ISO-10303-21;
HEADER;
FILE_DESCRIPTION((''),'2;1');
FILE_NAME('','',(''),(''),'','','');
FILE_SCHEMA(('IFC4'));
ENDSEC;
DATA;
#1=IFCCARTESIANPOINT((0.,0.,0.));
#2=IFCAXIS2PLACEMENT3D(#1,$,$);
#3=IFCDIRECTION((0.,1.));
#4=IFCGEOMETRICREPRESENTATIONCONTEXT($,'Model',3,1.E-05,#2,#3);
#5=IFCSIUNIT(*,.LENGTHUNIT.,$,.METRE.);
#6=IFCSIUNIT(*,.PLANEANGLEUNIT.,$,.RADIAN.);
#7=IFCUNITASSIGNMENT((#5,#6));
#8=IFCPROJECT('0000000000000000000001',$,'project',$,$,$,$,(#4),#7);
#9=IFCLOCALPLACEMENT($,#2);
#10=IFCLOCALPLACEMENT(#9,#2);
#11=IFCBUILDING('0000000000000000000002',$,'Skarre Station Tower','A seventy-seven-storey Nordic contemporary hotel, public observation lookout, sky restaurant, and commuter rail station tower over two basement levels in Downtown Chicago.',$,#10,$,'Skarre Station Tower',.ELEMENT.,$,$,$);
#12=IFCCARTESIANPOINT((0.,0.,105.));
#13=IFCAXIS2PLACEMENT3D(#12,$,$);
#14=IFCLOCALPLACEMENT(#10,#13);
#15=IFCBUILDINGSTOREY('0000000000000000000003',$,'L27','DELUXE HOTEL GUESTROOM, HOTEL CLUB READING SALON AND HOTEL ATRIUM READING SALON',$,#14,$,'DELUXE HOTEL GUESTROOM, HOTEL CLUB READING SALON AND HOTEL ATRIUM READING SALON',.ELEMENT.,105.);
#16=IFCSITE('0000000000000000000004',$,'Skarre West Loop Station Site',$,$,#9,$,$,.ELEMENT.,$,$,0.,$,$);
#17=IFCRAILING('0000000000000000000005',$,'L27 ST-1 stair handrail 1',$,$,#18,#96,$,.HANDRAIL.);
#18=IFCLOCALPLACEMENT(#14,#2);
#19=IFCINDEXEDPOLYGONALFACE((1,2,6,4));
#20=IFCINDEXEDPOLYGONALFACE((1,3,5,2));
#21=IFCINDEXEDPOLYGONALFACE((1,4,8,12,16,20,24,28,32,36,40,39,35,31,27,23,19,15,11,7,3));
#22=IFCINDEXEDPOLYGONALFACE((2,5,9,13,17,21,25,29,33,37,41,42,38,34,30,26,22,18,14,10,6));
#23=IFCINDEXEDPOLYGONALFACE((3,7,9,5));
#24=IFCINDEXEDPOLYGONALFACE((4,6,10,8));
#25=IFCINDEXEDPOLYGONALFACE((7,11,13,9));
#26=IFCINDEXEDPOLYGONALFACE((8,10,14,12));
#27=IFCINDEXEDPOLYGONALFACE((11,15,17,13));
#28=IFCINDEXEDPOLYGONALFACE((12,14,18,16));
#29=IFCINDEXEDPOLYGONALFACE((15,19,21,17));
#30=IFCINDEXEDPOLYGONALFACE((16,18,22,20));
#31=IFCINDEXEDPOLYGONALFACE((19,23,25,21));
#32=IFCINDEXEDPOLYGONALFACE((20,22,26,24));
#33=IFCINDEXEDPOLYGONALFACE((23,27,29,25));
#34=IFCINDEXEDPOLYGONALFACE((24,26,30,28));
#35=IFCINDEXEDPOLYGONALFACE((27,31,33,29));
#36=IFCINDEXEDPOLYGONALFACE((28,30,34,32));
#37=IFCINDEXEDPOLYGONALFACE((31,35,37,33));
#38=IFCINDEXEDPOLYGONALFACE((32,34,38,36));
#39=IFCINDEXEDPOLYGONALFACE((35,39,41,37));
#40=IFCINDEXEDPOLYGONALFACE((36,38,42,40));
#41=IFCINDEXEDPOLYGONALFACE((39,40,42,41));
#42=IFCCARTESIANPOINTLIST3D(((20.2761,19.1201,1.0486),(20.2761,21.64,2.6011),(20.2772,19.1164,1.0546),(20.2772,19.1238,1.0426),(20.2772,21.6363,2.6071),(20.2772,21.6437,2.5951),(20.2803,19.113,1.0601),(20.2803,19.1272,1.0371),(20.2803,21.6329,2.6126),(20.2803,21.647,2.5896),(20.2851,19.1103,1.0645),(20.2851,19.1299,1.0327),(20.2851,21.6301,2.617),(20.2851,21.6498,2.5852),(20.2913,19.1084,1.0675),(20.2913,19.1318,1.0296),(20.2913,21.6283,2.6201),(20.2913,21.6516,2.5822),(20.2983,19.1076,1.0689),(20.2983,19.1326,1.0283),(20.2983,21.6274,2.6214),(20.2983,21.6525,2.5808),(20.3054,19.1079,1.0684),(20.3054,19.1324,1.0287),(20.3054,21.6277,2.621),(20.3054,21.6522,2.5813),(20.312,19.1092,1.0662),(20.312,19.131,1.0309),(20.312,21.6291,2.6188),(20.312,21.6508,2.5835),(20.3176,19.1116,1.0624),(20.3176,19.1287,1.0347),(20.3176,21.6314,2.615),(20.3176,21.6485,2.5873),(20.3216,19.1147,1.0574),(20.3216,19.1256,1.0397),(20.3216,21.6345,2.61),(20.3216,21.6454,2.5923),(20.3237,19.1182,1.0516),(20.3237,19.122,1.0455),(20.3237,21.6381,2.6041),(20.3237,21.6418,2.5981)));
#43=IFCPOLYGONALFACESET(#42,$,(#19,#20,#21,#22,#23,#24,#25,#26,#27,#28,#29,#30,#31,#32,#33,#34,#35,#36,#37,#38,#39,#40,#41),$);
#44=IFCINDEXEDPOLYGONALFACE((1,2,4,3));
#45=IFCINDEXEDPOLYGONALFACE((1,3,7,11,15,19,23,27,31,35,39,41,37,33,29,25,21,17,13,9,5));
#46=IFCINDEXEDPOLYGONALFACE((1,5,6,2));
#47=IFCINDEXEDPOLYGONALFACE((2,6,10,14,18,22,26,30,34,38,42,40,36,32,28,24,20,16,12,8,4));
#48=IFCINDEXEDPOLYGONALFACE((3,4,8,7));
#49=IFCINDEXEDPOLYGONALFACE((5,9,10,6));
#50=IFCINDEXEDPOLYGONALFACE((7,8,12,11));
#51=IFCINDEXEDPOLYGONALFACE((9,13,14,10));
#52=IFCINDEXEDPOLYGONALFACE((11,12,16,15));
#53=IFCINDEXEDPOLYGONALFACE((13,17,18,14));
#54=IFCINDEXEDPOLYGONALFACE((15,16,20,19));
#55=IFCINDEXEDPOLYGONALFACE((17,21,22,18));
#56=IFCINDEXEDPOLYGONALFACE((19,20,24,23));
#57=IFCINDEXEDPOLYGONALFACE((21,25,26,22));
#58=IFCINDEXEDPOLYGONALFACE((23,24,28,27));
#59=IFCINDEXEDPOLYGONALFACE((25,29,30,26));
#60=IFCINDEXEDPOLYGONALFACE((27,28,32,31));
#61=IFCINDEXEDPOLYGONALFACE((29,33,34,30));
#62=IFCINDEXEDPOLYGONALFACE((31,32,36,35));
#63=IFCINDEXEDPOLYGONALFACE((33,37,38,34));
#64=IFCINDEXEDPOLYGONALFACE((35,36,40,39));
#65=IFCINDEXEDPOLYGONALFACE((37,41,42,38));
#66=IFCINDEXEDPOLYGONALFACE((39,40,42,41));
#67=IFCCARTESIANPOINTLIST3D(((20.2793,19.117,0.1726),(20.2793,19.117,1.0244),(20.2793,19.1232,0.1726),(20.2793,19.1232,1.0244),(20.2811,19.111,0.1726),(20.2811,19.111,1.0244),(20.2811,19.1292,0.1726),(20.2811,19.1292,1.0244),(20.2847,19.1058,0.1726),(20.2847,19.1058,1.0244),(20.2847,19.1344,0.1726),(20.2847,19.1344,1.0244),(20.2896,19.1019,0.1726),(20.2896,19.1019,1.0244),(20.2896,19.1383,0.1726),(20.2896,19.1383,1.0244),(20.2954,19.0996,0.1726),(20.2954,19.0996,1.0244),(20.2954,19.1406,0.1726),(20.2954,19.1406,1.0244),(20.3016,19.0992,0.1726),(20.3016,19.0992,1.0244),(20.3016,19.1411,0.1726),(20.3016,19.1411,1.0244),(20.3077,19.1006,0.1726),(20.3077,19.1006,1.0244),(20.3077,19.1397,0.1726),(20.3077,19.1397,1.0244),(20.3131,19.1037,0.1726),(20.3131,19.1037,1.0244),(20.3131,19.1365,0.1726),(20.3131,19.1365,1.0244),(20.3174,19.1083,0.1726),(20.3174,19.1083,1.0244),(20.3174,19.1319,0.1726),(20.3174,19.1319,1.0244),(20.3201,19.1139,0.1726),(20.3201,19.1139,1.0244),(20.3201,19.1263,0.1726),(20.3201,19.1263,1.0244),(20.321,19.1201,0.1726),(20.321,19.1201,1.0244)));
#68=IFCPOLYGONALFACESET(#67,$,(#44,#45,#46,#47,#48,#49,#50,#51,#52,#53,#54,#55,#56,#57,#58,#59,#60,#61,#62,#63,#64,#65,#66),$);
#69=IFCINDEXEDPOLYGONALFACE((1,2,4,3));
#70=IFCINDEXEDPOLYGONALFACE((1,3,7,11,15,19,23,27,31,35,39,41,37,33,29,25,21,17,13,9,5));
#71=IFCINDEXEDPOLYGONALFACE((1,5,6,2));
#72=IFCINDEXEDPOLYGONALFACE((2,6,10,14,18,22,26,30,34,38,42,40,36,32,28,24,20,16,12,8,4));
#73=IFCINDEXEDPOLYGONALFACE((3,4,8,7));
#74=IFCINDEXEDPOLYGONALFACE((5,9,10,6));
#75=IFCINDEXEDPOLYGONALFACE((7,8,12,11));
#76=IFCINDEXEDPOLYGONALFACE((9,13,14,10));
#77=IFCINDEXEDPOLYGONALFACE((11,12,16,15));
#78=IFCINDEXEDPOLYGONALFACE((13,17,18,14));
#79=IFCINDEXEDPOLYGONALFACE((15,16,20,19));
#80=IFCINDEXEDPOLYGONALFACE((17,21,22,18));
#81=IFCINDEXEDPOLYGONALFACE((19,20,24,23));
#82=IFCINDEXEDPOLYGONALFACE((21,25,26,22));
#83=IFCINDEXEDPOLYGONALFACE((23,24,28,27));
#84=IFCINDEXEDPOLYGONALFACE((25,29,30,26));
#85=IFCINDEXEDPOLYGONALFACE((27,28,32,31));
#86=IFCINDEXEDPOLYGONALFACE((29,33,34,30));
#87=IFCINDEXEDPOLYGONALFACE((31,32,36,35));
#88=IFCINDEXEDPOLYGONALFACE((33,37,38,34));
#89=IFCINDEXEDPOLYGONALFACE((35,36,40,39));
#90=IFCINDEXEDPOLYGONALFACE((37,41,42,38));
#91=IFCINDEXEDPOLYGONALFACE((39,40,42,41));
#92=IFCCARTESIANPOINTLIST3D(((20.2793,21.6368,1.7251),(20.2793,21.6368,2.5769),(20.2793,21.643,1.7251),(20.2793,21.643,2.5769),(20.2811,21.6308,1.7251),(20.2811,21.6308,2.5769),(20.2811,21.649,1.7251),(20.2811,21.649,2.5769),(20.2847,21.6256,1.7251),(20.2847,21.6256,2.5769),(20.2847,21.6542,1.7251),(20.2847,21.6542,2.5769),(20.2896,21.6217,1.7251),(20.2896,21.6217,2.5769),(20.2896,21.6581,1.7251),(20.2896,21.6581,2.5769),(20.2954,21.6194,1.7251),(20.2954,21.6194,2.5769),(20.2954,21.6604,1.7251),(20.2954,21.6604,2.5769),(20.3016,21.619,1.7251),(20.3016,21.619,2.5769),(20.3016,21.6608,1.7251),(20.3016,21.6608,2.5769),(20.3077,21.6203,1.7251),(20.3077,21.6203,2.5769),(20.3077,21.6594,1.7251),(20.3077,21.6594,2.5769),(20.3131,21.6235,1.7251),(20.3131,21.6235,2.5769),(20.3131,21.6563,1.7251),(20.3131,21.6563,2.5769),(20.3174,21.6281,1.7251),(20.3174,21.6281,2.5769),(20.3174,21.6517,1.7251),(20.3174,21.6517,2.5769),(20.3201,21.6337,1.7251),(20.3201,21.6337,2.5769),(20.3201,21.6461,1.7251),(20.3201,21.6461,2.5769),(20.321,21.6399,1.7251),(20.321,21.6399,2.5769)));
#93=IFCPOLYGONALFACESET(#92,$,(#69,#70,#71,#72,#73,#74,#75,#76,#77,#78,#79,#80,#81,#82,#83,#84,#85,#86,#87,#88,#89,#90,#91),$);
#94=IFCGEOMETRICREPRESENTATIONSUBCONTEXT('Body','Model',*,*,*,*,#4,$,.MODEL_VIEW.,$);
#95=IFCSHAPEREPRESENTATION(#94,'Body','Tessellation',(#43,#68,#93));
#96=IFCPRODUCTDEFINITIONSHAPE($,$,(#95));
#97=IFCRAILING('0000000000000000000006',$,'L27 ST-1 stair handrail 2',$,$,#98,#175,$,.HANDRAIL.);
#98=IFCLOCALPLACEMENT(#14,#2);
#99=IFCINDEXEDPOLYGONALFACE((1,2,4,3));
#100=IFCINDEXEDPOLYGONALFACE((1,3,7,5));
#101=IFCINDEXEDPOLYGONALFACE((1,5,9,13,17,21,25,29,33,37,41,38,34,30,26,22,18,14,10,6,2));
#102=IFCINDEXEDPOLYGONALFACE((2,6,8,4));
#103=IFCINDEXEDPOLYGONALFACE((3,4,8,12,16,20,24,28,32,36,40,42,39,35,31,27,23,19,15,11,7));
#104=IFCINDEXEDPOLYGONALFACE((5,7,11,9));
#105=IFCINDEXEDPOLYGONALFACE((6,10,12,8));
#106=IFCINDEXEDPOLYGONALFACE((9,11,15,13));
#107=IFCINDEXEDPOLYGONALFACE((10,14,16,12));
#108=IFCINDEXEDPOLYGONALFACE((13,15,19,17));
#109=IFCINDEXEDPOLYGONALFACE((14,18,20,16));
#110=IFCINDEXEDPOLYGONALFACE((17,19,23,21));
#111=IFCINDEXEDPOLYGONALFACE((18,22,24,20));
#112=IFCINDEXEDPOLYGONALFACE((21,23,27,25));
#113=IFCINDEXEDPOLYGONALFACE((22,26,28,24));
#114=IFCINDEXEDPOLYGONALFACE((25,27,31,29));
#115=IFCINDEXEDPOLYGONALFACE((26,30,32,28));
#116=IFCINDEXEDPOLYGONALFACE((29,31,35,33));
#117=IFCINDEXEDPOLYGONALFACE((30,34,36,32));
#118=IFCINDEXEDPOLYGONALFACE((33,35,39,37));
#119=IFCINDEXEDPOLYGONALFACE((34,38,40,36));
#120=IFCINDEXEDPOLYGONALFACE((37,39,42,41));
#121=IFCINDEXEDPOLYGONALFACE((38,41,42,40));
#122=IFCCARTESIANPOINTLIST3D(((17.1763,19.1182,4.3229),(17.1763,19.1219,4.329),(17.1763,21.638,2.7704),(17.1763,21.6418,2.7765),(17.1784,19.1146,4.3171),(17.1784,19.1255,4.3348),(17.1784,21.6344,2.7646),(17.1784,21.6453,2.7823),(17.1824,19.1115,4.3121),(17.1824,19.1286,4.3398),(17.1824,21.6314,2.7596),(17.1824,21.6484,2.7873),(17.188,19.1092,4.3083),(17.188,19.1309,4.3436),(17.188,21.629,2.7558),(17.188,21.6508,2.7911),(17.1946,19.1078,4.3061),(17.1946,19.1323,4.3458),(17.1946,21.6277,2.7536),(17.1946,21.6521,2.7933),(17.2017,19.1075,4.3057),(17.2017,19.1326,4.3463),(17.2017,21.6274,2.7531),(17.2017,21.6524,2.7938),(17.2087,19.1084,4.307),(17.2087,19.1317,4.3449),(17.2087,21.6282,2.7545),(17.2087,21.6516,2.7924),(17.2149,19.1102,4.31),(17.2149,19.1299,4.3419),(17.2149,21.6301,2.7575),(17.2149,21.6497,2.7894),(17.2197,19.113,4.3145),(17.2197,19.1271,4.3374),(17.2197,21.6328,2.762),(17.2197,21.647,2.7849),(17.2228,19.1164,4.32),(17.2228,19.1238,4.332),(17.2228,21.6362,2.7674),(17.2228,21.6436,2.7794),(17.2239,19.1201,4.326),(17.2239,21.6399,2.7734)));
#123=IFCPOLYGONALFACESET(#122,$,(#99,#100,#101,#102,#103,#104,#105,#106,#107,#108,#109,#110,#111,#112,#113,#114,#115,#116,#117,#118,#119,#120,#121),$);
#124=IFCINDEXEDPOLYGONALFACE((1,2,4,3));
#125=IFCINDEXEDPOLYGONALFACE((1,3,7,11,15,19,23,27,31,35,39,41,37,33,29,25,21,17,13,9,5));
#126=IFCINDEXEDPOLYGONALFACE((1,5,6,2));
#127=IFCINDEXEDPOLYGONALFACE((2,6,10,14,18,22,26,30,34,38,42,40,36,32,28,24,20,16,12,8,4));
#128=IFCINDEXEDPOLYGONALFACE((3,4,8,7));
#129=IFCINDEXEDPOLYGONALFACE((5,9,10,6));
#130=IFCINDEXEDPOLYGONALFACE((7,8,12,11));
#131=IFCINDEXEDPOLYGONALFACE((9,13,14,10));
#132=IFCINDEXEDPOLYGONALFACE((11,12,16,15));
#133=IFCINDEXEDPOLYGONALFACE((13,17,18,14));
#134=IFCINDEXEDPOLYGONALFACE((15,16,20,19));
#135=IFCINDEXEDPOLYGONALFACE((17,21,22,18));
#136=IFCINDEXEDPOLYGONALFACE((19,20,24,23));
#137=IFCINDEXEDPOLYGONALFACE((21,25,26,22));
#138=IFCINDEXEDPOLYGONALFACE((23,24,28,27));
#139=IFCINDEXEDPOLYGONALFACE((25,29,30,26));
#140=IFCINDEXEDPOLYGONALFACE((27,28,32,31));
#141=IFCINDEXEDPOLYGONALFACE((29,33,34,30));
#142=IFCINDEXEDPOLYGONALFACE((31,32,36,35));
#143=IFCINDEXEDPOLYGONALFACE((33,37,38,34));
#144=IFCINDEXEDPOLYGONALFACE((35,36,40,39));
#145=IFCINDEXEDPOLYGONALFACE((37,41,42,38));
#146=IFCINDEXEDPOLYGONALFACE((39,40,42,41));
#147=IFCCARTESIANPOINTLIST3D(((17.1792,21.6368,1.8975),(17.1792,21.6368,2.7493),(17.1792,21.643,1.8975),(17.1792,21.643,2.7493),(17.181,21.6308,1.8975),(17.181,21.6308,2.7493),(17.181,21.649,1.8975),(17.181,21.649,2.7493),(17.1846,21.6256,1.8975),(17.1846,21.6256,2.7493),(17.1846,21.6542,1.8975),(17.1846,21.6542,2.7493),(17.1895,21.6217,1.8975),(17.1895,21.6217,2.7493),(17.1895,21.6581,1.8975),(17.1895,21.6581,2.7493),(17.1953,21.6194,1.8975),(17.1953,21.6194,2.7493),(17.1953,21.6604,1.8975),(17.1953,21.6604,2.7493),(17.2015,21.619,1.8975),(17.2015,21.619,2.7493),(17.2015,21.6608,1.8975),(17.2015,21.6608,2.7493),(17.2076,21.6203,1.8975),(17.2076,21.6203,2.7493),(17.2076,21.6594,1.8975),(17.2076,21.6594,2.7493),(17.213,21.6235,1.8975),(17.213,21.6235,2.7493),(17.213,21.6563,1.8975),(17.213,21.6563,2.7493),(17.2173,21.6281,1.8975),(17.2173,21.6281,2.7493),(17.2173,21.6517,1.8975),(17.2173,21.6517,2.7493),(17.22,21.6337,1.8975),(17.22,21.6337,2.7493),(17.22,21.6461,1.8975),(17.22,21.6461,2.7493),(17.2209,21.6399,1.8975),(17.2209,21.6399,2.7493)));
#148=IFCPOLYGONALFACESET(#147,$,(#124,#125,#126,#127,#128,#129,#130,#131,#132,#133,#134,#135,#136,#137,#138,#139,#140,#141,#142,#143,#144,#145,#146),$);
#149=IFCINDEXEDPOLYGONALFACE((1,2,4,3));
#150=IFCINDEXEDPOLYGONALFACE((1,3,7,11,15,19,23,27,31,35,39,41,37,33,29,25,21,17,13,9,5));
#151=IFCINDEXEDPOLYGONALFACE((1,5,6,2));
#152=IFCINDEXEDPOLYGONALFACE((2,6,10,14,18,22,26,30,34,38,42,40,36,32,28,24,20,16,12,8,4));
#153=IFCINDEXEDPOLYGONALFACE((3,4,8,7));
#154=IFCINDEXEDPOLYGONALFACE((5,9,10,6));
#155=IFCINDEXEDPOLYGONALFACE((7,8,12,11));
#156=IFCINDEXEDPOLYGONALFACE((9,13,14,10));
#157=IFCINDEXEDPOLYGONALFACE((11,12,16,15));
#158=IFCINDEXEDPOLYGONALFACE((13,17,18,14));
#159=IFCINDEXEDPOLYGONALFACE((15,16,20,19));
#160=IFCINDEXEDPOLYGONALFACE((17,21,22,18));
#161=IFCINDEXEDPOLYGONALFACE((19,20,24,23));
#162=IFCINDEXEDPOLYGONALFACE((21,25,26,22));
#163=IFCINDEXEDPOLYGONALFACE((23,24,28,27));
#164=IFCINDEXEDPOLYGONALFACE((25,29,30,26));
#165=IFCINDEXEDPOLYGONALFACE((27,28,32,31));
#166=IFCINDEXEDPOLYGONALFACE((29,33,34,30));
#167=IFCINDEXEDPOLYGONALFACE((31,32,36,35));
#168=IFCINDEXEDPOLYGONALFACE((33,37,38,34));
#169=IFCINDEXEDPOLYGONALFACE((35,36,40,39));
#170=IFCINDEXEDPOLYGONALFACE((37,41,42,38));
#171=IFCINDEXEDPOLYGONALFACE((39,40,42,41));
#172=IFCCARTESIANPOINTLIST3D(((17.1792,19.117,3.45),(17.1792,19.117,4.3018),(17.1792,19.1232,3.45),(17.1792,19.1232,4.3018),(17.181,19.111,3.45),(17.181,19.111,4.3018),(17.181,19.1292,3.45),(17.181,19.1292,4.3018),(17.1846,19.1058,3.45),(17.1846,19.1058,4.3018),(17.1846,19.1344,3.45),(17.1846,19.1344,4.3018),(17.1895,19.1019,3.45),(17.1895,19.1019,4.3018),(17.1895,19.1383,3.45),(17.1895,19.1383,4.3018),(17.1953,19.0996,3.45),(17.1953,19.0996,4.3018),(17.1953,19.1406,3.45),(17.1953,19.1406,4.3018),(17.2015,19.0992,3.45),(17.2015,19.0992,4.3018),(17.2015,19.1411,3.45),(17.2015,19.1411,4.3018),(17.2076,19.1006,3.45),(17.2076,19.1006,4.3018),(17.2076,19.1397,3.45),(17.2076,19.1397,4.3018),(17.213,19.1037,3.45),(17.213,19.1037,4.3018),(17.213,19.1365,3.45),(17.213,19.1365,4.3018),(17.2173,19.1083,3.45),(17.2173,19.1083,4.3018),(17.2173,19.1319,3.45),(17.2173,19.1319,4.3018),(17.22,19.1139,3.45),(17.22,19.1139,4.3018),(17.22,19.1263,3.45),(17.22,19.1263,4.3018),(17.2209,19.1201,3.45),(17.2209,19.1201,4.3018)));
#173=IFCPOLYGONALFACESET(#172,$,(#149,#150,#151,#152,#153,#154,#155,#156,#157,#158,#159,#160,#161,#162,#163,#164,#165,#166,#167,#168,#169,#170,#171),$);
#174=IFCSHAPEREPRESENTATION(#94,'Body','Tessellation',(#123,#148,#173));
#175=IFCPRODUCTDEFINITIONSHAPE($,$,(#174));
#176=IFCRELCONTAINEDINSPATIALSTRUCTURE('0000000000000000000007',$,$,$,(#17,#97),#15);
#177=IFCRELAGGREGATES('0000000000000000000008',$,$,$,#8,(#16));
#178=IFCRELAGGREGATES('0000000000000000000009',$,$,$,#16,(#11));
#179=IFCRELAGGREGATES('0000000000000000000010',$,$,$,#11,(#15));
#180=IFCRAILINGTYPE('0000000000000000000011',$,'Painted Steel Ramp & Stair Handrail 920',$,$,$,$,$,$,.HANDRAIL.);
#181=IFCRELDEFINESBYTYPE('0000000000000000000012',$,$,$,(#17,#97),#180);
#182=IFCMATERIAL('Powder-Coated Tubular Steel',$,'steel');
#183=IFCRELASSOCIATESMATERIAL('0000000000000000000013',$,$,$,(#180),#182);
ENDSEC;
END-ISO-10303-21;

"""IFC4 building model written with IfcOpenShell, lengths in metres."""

from ifc_helpers import new_model, si_unit, direction, frame, origin, origin_2d, place, context, subcontext, project, spatial, circle, extrude, material, type_object, element, save


model = new_model("IFC4")

# Units and contexts
model_context = context("Model", 3, precision=1e-05, world=origin(), true_north=direction((0.0, 1.0)))
body_context = subcontext(model_context, "Body", "Model", "MODEL_VIEW")
ifc_project = project(units=[si_unit("LENGTHUNIT", "METRE"), si_unit("PLANEANGLEUNIT", "RADIAN")], contexts=[model_context])

# Site, building, storey
site_placement = place(None, origin())
site = spatial("IfcSite", under=ifc_project, at=site_placement, Name="Skarre West Loop Station Site", CompositionType="ELEMENT", RefElevation=0.0)
building_placement = place(site_placement, origin())
building = spatial("IfcBuilding", under=site, at=building_placement, Name="Skarre Station Tower", Description="A seventy-seven-storey Nordic contemporary hotel, public observation lookout, sky restaurant, and commuter rail station tower over two basement levels in Downtown Chicago.", LongName="Skarre Station Tower", CompositionType="ELEMENT")
storey_placement = place(building_placement, frame((0.0, 0.0, 105.0)))
storey = spatial("IfcBuildingStorey", under=building, at=storey_placement, Name="L27", Description="DELUXE HOTEL GUESTROOM, HOTEL CLUB READING SALON AND HOTEL ATRIUM READING SALON", LongName="DELUXE HOTEL GUESTROOM, HOTEL CLUB READING SALON AND HOTEL ATRIUM READING SALON", CompositionType="ELEMENT", Elevation=105.0)

# Railings
ifc_material_1 = material(Name="Powder-Coated Tubular Steel", Category="steel")
railing_type_1 = type_object("IfcRailingType", Name="Painted Steel Ramp & Stair Handrail 920", PredefinedType="HANDRAIL", material=ifc_material_1)
railing_1_placement = place(storey_placement, frame((20.3, 19.1201, 0.1726)))
element("IfcRailing", 1, at=railing_1_placement, inside=storey, type_object=railing_type_1, Name="L27 ST-1 stair handrail 1", PredefinedType="HANDRAIL", context=body_context, shape_type="SweptSolid", body=[
    extrude(circle(Radius=0.0239, at=origin_2d()), frame((0.0, 0.0, 0.876), z_axis=(0.0, 0.851378, 0.524553), x_axis=(-1.0, 0.0, 0.0)), (0.0, 0.0, 1.0), 2.9597),
    extrude(circle(Radius=0.021, at=origin_2d()), origin(), (0.0, 0.0, 1.0), 0.8518),
    extrude(circle(Radius=0.021, at=origin_2d()), frame((0.0, 2.5198, 1.5525)), (0.0, 0.0, 1.0), 0.8518),
])
railing_2_placement = place(storey_placement, frame((17.2, 21.6399, 1.8975)))
element("IfcRailing", 2, at=railing_2_placement, inside=storey, type_object=railing_type_1, Name="L27 ST-1 stair handrail 2", PredefinedType="HANDRAIL", context=body_context, shape_type="SweptSolid", body=[
    extrude(circle(Radius=0.0239, at=origin_2d()), frame((0.0, 0.0, 0.876), z_axis=(0.0, -0.851378, 0.524553), x_axis=(1.0, 0.0, 0.0)), (0.0, 0.0, 1.0), 2.9597),
    extrude(circle(Radius=0.021, at=origin_2d()), origin(), (0.0, 0.0, 1.0), 0.8518),
    extrude(circle(Radius=0.021, at=origin_2d()), frame((0.0, -2.5198, 1.5525)), (0.0, 0.0, 1.0), 0.8518),
])

save(model, "model.ifc")
